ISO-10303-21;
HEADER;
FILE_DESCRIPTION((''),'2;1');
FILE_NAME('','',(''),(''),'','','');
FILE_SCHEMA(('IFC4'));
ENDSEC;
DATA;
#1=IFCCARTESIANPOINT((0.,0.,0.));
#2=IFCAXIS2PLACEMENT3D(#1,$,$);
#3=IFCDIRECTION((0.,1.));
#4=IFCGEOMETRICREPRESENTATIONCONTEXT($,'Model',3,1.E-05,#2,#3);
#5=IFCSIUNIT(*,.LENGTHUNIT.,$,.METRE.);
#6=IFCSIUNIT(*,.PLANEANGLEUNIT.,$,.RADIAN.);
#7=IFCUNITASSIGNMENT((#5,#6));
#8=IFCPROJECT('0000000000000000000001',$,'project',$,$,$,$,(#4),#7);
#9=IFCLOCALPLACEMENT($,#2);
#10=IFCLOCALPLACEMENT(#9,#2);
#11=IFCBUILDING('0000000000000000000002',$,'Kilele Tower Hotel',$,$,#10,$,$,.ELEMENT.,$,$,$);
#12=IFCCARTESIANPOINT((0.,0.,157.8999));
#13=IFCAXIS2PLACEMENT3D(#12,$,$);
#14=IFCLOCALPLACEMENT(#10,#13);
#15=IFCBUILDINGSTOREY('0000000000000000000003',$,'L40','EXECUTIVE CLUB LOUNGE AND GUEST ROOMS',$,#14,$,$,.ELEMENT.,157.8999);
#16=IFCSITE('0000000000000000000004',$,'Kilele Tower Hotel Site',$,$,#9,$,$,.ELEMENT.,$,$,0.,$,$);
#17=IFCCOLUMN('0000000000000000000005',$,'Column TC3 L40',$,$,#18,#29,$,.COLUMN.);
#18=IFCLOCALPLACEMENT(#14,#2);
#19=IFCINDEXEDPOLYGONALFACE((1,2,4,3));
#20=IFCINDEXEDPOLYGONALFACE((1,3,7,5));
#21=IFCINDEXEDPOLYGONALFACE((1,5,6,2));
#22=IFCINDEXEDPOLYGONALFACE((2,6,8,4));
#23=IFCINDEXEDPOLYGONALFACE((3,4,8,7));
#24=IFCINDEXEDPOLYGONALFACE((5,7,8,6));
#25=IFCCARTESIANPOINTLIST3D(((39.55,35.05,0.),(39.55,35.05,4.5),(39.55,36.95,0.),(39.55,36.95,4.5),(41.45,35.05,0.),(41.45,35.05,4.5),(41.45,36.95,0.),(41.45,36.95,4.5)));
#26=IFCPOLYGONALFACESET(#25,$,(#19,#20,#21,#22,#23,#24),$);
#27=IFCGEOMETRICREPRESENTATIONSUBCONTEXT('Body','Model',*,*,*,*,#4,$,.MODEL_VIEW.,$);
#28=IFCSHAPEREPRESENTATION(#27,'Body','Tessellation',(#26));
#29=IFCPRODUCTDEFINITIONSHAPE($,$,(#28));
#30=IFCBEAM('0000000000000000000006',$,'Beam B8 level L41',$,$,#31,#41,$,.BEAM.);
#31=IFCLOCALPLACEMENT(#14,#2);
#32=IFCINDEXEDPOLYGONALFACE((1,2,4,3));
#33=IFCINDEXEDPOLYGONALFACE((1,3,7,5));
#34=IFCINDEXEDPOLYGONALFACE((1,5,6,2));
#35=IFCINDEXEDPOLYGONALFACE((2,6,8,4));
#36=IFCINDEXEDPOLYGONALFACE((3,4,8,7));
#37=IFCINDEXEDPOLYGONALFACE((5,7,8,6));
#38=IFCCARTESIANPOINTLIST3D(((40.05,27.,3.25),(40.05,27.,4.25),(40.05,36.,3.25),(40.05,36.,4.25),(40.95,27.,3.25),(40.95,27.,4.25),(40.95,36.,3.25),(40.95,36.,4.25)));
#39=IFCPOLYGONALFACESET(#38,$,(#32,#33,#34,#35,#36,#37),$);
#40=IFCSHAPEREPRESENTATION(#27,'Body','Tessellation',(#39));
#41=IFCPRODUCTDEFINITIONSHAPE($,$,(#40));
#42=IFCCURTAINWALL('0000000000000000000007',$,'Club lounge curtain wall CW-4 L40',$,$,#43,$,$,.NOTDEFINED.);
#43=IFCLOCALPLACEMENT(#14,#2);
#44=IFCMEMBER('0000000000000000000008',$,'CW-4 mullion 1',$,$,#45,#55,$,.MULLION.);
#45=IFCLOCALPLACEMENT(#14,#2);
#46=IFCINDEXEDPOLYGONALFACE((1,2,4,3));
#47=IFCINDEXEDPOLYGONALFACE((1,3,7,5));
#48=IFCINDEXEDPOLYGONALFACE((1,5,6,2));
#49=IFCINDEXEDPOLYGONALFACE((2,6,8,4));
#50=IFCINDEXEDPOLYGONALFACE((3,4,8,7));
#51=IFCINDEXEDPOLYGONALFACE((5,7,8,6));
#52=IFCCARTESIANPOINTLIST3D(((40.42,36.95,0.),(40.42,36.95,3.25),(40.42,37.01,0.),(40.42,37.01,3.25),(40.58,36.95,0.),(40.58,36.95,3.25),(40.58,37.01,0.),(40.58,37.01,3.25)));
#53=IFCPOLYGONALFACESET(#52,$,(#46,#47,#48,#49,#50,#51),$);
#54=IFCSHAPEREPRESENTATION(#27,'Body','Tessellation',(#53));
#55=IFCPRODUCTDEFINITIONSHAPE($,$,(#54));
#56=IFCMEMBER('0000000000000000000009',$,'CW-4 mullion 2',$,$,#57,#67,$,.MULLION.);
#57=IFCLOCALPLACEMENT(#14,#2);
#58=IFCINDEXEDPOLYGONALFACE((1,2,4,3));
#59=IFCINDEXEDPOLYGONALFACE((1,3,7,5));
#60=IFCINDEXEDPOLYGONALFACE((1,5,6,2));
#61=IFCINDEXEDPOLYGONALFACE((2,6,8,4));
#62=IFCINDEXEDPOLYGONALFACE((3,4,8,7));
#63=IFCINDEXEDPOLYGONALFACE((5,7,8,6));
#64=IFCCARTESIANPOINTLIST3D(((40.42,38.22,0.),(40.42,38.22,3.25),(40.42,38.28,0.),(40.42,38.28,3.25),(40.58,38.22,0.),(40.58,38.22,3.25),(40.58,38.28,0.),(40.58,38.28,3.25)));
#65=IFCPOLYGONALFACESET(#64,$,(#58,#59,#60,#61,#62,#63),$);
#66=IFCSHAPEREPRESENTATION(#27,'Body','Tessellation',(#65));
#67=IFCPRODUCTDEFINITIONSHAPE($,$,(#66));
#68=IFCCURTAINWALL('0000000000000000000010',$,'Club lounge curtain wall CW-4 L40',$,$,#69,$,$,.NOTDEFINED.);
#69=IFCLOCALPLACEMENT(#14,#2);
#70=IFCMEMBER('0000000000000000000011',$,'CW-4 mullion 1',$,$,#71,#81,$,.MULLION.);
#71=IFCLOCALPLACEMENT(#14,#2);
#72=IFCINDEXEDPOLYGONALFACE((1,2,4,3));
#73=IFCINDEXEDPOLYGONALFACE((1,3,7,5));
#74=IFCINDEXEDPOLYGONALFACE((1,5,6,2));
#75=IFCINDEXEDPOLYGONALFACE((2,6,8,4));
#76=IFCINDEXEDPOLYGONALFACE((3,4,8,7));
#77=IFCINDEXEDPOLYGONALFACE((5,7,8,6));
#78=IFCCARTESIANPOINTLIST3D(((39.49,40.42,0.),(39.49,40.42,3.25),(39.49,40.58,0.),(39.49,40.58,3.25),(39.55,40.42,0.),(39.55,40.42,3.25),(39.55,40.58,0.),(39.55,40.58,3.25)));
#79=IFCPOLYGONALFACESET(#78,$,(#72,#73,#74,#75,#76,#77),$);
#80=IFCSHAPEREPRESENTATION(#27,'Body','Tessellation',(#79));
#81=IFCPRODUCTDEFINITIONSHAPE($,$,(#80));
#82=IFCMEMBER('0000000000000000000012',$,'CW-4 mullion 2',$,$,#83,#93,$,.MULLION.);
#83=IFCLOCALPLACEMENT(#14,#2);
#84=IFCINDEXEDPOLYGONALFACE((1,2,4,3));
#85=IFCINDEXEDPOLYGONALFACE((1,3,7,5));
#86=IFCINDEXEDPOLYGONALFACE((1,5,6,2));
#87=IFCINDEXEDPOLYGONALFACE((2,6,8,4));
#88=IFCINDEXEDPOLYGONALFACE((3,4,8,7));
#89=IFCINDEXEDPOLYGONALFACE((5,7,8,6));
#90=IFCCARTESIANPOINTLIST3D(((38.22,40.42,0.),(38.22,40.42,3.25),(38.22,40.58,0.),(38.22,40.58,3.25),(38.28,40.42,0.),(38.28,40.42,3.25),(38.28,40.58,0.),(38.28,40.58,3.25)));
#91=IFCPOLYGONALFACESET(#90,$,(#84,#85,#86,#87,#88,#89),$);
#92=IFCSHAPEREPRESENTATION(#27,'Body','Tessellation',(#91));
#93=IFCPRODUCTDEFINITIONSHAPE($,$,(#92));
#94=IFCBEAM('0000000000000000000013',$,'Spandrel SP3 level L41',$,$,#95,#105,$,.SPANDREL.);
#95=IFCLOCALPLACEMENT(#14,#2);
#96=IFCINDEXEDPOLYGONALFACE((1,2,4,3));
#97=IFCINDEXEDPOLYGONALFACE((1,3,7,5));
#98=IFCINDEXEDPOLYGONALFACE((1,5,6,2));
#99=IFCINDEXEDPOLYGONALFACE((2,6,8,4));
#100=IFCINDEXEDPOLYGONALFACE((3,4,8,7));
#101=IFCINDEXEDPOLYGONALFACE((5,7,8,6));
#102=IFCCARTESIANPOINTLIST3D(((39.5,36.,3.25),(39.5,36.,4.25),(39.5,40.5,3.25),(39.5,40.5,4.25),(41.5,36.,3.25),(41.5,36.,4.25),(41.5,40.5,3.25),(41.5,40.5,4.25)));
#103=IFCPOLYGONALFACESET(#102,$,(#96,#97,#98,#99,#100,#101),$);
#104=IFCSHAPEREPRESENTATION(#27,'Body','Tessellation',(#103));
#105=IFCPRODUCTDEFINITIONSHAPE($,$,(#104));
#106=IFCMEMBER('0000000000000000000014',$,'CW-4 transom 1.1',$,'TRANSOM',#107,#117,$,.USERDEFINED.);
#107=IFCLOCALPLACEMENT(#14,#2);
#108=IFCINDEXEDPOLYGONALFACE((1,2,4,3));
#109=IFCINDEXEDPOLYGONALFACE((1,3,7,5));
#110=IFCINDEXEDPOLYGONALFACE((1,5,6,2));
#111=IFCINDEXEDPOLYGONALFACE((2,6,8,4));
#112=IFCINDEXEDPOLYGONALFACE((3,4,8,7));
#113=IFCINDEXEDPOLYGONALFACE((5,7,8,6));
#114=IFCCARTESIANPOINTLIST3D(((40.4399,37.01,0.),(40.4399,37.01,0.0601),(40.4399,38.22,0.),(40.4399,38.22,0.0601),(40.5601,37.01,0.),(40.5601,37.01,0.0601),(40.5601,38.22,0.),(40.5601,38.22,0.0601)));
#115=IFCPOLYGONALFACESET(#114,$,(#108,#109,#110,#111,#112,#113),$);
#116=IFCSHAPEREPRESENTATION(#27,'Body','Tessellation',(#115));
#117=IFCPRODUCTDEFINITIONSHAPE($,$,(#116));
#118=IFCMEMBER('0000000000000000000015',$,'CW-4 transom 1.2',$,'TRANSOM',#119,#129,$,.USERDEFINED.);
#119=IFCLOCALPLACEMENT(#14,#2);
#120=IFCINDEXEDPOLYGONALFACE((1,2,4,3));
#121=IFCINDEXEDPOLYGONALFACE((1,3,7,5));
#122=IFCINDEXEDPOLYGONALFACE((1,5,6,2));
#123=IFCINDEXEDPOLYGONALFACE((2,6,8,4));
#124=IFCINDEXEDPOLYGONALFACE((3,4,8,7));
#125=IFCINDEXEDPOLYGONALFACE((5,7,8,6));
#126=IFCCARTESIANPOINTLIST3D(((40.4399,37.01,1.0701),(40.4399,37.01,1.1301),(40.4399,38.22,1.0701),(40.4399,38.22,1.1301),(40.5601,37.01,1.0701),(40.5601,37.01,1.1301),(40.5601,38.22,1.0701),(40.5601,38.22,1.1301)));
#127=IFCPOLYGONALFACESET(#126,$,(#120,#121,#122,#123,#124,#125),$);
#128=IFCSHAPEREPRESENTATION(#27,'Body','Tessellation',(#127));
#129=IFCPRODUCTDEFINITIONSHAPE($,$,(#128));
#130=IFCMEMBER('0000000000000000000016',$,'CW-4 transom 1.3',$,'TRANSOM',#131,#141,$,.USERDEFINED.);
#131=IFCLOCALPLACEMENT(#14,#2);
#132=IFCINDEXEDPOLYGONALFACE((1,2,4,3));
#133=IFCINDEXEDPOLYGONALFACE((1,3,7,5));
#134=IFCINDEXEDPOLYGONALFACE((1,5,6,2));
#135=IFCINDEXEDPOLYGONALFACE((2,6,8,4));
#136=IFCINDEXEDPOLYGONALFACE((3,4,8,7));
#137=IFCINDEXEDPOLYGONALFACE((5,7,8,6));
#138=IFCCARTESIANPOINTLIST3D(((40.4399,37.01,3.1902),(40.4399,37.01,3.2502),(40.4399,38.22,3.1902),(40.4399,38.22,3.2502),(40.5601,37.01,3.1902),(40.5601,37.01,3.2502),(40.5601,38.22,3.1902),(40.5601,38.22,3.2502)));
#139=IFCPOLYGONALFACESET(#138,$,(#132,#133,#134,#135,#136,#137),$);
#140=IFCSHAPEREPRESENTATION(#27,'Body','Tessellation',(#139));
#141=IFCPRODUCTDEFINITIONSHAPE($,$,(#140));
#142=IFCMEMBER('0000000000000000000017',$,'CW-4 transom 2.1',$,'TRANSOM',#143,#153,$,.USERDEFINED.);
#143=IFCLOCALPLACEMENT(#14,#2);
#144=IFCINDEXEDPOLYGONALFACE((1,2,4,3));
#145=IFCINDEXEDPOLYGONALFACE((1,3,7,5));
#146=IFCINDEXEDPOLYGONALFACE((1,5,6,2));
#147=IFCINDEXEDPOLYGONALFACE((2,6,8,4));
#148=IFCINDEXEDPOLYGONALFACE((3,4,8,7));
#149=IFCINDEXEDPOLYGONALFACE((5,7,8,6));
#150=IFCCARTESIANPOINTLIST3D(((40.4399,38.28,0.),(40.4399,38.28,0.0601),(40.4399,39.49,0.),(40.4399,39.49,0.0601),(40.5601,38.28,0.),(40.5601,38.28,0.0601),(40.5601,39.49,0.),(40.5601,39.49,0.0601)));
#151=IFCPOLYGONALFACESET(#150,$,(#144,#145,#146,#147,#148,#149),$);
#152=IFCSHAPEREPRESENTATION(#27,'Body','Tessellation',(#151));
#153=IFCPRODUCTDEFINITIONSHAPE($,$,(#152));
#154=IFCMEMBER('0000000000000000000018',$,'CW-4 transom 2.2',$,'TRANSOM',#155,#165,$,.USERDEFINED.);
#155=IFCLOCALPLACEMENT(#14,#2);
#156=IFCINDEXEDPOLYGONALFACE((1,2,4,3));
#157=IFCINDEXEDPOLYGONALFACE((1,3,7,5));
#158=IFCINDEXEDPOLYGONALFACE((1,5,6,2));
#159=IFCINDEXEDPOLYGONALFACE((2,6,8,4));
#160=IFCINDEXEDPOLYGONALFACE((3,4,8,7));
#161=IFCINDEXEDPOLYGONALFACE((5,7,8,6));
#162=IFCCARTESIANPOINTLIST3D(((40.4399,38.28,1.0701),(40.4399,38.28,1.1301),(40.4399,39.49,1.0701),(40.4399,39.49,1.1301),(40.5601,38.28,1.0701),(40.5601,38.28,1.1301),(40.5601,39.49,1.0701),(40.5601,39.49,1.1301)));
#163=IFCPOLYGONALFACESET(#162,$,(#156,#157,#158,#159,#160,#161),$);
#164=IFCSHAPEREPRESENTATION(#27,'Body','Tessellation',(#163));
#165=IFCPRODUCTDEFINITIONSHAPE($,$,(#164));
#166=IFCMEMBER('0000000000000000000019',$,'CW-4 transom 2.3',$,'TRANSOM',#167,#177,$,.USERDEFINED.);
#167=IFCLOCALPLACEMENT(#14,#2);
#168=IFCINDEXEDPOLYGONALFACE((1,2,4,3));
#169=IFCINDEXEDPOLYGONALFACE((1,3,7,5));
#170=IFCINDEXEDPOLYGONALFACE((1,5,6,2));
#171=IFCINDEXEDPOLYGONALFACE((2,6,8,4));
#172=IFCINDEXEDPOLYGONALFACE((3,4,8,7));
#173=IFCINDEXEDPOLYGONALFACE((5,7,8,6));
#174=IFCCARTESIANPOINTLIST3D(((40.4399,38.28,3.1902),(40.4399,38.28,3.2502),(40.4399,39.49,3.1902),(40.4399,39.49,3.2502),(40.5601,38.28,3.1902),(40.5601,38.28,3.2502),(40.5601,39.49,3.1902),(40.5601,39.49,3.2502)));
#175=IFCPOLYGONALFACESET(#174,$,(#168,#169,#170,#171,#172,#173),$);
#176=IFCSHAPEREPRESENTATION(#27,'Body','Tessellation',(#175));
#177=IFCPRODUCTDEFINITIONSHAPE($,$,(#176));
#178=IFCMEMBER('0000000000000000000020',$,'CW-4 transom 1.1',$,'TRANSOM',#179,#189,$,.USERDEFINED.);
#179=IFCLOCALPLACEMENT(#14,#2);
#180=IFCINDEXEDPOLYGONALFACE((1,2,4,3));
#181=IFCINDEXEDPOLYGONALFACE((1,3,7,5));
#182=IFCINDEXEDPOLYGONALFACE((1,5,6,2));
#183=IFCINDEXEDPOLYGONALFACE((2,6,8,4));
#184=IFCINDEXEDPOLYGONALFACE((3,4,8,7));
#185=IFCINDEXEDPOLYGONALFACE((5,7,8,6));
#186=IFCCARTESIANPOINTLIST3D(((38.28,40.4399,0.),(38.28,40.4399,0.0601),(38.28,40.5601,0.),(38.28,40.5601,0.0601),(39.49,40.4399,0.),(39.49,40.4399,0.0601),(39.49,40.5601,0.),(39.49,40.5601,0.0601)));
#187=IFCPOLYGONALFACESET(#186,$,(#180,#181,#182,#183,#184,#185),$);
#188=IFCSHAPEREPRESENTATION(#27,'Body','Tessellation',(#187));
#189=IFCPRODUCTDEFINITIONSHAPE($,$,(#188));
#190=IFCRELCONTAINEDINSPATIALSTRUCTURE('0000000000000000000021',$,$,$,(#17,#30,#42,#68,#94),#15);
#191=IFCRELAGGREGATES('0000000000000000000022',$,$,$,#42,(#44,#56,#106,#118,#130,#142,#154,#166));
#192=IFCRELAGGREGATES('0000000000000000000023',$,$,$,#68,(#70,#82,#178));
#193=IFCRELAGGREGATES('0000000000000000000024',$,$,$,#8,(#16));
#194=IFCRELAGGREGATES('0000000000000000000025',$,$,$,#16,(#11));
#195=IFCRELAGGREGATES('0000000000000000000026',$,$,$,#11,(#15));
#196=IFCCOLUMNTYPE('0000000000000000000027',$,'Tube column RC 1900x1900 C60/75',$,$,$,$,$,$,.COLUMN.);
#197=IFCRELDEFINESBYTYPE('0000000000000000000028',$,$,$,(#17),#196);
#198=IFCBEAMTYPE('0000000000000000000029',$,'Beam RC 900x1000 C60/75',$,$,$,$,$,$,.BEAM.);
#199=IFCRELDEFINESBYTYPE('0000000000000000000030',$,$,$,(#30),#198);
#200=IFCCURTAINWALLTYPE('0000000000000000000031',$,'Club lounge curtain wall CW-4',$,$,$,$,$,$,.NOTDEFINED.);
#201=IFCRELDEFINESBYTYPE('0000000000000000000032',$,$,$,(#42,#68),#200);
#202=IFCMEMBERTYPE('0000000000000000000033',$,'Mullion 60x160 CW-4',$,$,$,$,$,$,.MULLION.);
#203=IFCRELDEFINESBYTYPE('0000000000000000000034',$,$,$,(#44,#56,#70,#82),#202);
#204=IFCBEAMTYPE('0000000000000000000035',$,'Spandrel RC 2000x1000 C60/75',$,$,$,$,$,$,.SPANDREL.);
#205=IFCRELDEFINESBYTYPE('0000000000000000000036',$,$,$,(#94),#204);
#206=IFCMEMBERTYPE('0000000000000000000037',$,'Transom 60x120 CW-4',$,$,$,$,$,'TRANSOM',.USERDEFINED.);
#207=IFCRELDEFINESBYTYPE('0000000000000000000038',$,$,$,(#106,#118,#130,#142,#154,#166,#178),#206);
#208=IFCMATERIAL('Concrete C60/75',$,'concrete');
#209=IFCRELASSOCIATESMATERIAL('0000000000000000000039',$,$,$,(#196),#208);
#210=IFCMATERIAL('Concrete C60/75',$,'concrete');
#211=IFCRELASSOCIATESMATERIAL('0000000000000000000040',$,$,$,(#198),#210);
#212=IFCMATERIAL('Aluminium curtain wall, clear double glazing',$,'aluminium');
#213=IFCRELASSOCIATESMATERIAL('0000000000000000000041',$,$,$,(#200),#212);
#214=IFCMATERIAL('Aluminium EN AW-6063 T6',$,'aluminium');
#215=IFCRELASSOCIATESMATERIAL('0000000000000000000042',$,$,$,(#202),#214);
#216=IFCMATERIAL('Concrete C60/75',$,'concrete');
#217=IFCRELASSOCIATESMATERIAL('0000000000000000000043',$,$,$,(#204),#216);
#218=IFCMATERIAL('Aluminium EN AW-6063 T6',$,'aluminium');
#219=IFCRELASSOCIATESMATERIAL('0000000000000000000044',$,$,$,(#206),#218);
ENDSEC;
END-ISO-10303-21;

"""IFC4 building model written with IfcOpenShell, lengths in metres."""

from ifc_helpers import new_model, si_unit, direction, frame, origin, origin_2d, place, context, subcontext, project, spatial, rectangle, extrude, material, material_profile, profile_set, type_object, element, aggregate, save


model = new_model("IFC4")

# Units and contexts
model_context = context("Model", 3, precision=1e-05, world=origin(), true_north=direction((0.0, 1.0)))
body_context = subcontext(model_context, "Body", "Model", "MODEL_VIEW")
ifc_project = project(units=[si_unit("LENGTHUNIT", "METRE"), si_unit("PLANEANGLEUNIT", "RADIAN")], contexts=[model_context])

# Site, building, storey
site_placement = place(None, origin())
site = spatial("IfcSite", under=ifc_project, at=site_placement, Name="Kilele Tower Hotel Site", CompositionType="ELEMENT", RefElevation=0.0)
building_placement = place(site_placement, origin())
building = spatial("IfcBuilding", under=site, at=building_placement, Name="Kilele Tower Hotel", CompositionType="ELEMENT")
storey_placement = place(building_placement, frame((0.0, 0.0, 157.8999)))
storey = spatial("IfcBuildingStorey", under=building, at=storey_placement, Name="L40", Description="EXECUTIVE CLUB LOUNGE AND GUEST ROOMS", CompositionType="ELEMENT", Elevation=157.8999)

# Column
ifc_material_1 = material(Name="Concrete C60/75", Category="concrete")
ifc_material_profile_1 = material_profile(ifc_material_1, rectangle(XDim=1.8999, YDim=1.8999, at=origin_2d()))
ifc_profile_set_1 = profile_set([ifc_material_profile_1], Name="Concrete C60/75")
column_type = type_object("IfcColumnType", Name="Tube column RC 1900x1900 C60/75", PredefinedType="COLUMN", material=ifc_profile_set_1)
column_placement = place(storey_placement, frame((40.5, 36.0, 0.0), z_axis=(0.0, 0.0, 1.0), x_axis=(1.0, 0.0, 0.0)))
element("IfcColumn", 1, at=column_placement, inside=storey, type_object=column_type, Name="Column TC3 L40", PredefinedType="COLUMN", context=body_context, shape_type="SweptSolid", body=[
    extrude(rectangle(XDim=1.8999, YDim=1.8999, at=origin_2d()), origin(), (0.0, 0.0, 1.0), 4.5),
])

# Beam
ifc_material_2 = material(Name="Concrete C60/75", Category="concrete")
ifc_material_profile_2 = material_profile(ifc_material_2, rectangle(XDim=0.8999, YDim=1.0, at=origin_2d()))
ifc_profile_set_2 = profile_set([ifc_material_profile_2], Name="Concrete C60/75")
beam_type_1 = type_object("IfcBeamType", Name="Beam RC 900x1000 C60/75", PredefinedType="BEAM", material=ifc_profile_set_2)
beam_1_placement = place(storey_placement, frame((40.5, 36.0, 3.75), z_axis=(0.0, -1.0, 0.0), x_axis=(1.0, 0.0, 0.0)))
element("IfcBeam", 2, at=beam_1_placement, inside=storey, type_object=beam_type_1, Name="Beam B8 level L41", PredefinedType="BEAM", context=body_context, shape_type="SweptSolid", body=[
    extrude(rectangle(XDim=0.8999, YDim=1.0, at=origin_2d()), origin(), (0.0, 0.0, 1.0), 9.0),
])

# Curtain walls, members
ifc_material_3 = material(Name="Aluminium curtain wall, clear double glazing", Category="aluminium")
curtain_wall_type = type_object("IfcCurtainWallType", Name="Club lounge curtain wall CW-4", PredefinedType="NOTDEFINED", material=ifc_material_3)
curtain_wall_1_placement = place(storey_placement, origin())
curtain_wall_1 = element("IfcCurtainWall", 3, at=curtain_wall_1_placement, inside=storey, type_object=curtain_wall_type, Name="Club lounge curtain wall CW-4 L40", PredefinedType="NOTDEFINED")
ifc_material_4 = material(Name="Aluminium EN AW-6063 T6", Category="aluminium")
ifc_material_profile_3 = material_profile(ifc_material_4, rectangle(XDim=0.1599, YDim=0.0601, at=origin_2d()))
ifc_profile_set_3 = profile_set([ifc_material_profile_3], Name="Aluminium EN AW-6063 T6")
member_type_1 = type_object("IfcMemberType", Name="Mullion 60x160 CW-4", PredefinedType="MULLION", material=ifc_profile_set_3)
member_1_placement = place(storey_placement, frame((40.5, 36.98, 0.0), z_axis=(0.0, 0.0, 1.0), x_axis=(-1.0, 0.0, 0.0)))
member_1 = element("IfcMember", 4, at=member_1_placement, type_object=member_type_1, Name="CW-4 mullion 1", PredefinedType="MULLION", context=body_context, shape_type="SweptSolid", body=[
    extrude(rectangle(XDim=0.1599, YDim=0.0601, at=origin_2d()), origin(), (0.0, 0.0, 1.0), 3.25),
])
member_2_placement = place(storey_placement, frame((40.5, 38.25, 0.0), z_axis=(0.0, 0.0, 1.0), x_axis=(-1.0, 0.0, 0.0)))
member_2 = element("IfcMember", 5, at=member_2_placement, type_object=member_type_1, Name="CW-4 mullion 2", PredefinedType="MULLION", context=body_context, shape_type="SweptSolid", body=[
    extrude(rectangle(XDim=0.1599, YDim=0.0601, at=origin_2d()), origin(), (0.0, 0.0, 1.0), 3.25),
])
curtain_wall_2_placement = place(storey_placement, origin())
curtain_wall_2 = element("IfcCurtainWall", 6, at=curtain_wall_2_placement, inside=storey, type_object=curtain_wall_type, Name="Club lounge curtain wall CW-4 L40", PredefinedType="NOTDEFINED")
member_3_placement = place(storey_placement, frame((39.52, 40.5, 0.0), z_axis=(0.0, 0.0, 1.0), x_axis=(0.0, -1.0, 0.0)))
member_3 = element("IfcMember", 7, at=member_3_placement, type_object=member_type_1, Name="CW-4 mullion 1", PredefinedType="MULLION", context=body_context, shape_type="SweptSolid", body=[
    extrude(rectangle(XDim=0.1599, YDim=0.0601, at=origin_2d()), origin(), (0.0, 0.0, 1.0), 3.25),
])
member_4_placement = place(storey_placement, frame((38.25, 40.5, 0.0), z_axis=(0.0, 0.0, 1.0), x_axis=(0.0, -1.0, 0.0)))
member_4 = element("IfcMember", 8, at=member_4_placement, type_object=member_type_1, Name="CW-4 mullion 2", PredefinedType="MULLION", context=body_context, shape_type="SweptSolid", body=[
    extrude(rectangle(XDim=0.1599, YDim=0.0601, at=origin_2d()), origin(), (0.0, 0.0, 1.0), 3.25),
])

# Beam
ifc_material_5 = material(Name="Concrete C60/75", Category="concrete")
ifc_material_profile_4 = material_profile(ifc_material_5, rectangle(XDim=2.0, YDim=1.0, at=origin_2d()))
ifc_profile_set_4 = profile_set([ifc_material_profile_4], Name="Concrete C60/75")
beam_type_2 = type_object("IfcBeamType", Name="Spandrel RC 2000x1000 C60/75", PredefinedType="SPANDREL", material=ifc_profile_set_4)
beam_2_placement = place(storey_placement, frame((40.5, 36.0, 3.75), z_axis=(0.0, 1.0, 0.0), x_axis=(-1.0, 0.0, 0.0)))
element("IfcBeam", 9, at=beam_2_placement, inside=storey, type_object=beam_type_2, Name="Spandrel SP3 level L41", PredefinedType="SPANDREL", context=body_context, shape_type="SweptSolid", body=[
    extrude(rectangle(XDim=2.0, YDim=1.0, at=origin_2d()), origin(), (0.0, 0.0, 1.0), 4.5),
])

# Members
ifc_material_6 = material(Name="Aluminium EN AW-6063 T6", Category="aluminium")
ifc_material_profile_5 = material_profile(ifc_material_6, rectangle(XDim=0.1201, YDim=0.0601, at=origin_2d()))
ifc_profile_set_5 = profile_set([ifc_material_profile_5], Name="Aluminium EN AW-6063 T6")
member_type_2 = type_object("IfcMemberType", Name="Transom 60x120 CW-4", ElementType="TRANSOM", PredefinedType="USERDEFINED", material=ifc_profile_set_5)
member_5_placement = place(storey_placement, frame((40.5, 37.01, 0.03), z_axis=(0.0, 1.0, 0.0), x_axis=(-1.0, 0.0, 0.0)))
member_5 = element("IfcMember", 10, at=member_5_placement, type_object=member_type_2, Name="CW-4 transom 1.1", ObjectType="TRANSOM", PredefinedType="USERDEFINED", context=body_context, shape_type="SweptSolid", body=[
    extrude(rectangle(XDim=0.1201, YDim=0.0601, at=origin_2d()), origin(), (0.0, 0.0, 1.0), 1.21),
])
member_6_placement = place(storey_placement, frame((40.5, 37.01, 1.1001), z_axis=(0.0, 1.0, 0.0), x_axis=(-1.0, 0.0, 0.0)))
member_6 = element("IfcMember", 11, at=member_6_placement, type_object=member_type_2, Name="CW-4 transom 1.2", ObjectType="TRANSOM", PredefinedType="USERDEFINED", context=body_context, shape_type="SweptSolid", body=[
    extrude(rectangle(XDim=0.1201, YDim=0.0601, at=origin_2d()), origin(), (0.0, 0.0, 1.0), 1.21),
])
member_7_placement = place(storey_placement, frame((40.5, 37.01, 3.2202), z_axis=(0.0, 1.0, 0.0), x_axis=(-1.0, 0.0, 0.0)))
member_7 = element("IfcMember", 12, at=member_7_placement, type_object=member_type_2, Name="CW-4 transom 1.3", ObjectType="TRANSOM", PredefinedType="USERDEFINED", context=body_context, shape_type="SweptSolid", body=[
    extrude(rectangle(XDim=0.1201, YDim=0.0601, at=origin_2d()), origin(), (0.0, 0.0, 1.0), 1.21),
])
member_8_placement = place(storey_placement, frame((40.5, 38.28, 0.03), z_axis=(0.0, 1.0, 0.0), x_axis=(-1.0, 0.0, 0.0)))
member_8 = element("IfcMember", 13, at=member_8_placement, type_object=member_type_2, Name="CW-4 transom 2.1", ObjectType="TRANSOM", PredefinedType="USERDEFINED", context=body_context, shape_type="SweptSolid", body=[
    extrude(rectangle(XDim=0.1201, YDim=0.0601, at=origin_2d()), origin(), (0.0, 0.0, 1.0), 1.21),
])
member_9_placement = place(storey_placement, frame((40.5, 38.28, 1.1001), z_axis=(0.0, 1.0, 0.0), x_axis=(-1.0, 0.0, 0.0)))
member_9 = element("IfcMember", 14, at=member_9_placement, type_object=member_type_2, Name="CW-4 transom 2.2", ObjectType="TRANSOM", PredefinedType="USERDEFINED", context=body_context, shape_type="SweptSolid", body=[
    extrude(rectangle(XDim=0.1201, YDim=0.0601, at=origin_2d()), origin(), (0.0, 0.0, 1.0), 1.21),
])
member_10_placement = place(storey_placement, frame((40.5, 38.28, 3.2202), z_axis=(0.0, 1.0, 0.0), x_axis=(-1.0, 0.0, 0.0)))
member_10 = element("IfcMember", 15, at=member_10_placement, type_object=member_type_2, Name="CW-4 transom 2.3", ObjectType="TRANSOM", PredefinedType="USERDEFINED", context=body_context, shape_type="SweptSolid", body=[
    extrude(rectangle(XDim=0.1201, YDim=0.0601, at=origin_2d()), origin(), (0.0, 0.0, 1.0), 1.21),
])
member_11_placement = place(storey_placement, frame((39.49, 40.5, 0.03), z_axis=(-1.0, 0.0, 0.0), x_axis=(0.0, -1.0, 0.0)))
member_11 = element("IfcMember", 16, at=member_11_placement, type_object=member_type_2, Name="CW-4 transom 1.1", ObjectType="TRANSOM", PredefinedType="USERDEFINED", context=body_context, shape_type="SweptSolid", body=[
    extrude(rectangle(XDim=0.1201, YDim=0.0601, at=origin_2d()), origin(), (0.0, 0.0, 1.0), 1.21),
])

aggregate(curtain_wall_1, [member_1, member_2, member_5, member_6, member_7, member_8, member_9, member_10])
aggregate(curtain_wall_2, [member_3, member_4, member_11])

save(model, "model.ifc")
